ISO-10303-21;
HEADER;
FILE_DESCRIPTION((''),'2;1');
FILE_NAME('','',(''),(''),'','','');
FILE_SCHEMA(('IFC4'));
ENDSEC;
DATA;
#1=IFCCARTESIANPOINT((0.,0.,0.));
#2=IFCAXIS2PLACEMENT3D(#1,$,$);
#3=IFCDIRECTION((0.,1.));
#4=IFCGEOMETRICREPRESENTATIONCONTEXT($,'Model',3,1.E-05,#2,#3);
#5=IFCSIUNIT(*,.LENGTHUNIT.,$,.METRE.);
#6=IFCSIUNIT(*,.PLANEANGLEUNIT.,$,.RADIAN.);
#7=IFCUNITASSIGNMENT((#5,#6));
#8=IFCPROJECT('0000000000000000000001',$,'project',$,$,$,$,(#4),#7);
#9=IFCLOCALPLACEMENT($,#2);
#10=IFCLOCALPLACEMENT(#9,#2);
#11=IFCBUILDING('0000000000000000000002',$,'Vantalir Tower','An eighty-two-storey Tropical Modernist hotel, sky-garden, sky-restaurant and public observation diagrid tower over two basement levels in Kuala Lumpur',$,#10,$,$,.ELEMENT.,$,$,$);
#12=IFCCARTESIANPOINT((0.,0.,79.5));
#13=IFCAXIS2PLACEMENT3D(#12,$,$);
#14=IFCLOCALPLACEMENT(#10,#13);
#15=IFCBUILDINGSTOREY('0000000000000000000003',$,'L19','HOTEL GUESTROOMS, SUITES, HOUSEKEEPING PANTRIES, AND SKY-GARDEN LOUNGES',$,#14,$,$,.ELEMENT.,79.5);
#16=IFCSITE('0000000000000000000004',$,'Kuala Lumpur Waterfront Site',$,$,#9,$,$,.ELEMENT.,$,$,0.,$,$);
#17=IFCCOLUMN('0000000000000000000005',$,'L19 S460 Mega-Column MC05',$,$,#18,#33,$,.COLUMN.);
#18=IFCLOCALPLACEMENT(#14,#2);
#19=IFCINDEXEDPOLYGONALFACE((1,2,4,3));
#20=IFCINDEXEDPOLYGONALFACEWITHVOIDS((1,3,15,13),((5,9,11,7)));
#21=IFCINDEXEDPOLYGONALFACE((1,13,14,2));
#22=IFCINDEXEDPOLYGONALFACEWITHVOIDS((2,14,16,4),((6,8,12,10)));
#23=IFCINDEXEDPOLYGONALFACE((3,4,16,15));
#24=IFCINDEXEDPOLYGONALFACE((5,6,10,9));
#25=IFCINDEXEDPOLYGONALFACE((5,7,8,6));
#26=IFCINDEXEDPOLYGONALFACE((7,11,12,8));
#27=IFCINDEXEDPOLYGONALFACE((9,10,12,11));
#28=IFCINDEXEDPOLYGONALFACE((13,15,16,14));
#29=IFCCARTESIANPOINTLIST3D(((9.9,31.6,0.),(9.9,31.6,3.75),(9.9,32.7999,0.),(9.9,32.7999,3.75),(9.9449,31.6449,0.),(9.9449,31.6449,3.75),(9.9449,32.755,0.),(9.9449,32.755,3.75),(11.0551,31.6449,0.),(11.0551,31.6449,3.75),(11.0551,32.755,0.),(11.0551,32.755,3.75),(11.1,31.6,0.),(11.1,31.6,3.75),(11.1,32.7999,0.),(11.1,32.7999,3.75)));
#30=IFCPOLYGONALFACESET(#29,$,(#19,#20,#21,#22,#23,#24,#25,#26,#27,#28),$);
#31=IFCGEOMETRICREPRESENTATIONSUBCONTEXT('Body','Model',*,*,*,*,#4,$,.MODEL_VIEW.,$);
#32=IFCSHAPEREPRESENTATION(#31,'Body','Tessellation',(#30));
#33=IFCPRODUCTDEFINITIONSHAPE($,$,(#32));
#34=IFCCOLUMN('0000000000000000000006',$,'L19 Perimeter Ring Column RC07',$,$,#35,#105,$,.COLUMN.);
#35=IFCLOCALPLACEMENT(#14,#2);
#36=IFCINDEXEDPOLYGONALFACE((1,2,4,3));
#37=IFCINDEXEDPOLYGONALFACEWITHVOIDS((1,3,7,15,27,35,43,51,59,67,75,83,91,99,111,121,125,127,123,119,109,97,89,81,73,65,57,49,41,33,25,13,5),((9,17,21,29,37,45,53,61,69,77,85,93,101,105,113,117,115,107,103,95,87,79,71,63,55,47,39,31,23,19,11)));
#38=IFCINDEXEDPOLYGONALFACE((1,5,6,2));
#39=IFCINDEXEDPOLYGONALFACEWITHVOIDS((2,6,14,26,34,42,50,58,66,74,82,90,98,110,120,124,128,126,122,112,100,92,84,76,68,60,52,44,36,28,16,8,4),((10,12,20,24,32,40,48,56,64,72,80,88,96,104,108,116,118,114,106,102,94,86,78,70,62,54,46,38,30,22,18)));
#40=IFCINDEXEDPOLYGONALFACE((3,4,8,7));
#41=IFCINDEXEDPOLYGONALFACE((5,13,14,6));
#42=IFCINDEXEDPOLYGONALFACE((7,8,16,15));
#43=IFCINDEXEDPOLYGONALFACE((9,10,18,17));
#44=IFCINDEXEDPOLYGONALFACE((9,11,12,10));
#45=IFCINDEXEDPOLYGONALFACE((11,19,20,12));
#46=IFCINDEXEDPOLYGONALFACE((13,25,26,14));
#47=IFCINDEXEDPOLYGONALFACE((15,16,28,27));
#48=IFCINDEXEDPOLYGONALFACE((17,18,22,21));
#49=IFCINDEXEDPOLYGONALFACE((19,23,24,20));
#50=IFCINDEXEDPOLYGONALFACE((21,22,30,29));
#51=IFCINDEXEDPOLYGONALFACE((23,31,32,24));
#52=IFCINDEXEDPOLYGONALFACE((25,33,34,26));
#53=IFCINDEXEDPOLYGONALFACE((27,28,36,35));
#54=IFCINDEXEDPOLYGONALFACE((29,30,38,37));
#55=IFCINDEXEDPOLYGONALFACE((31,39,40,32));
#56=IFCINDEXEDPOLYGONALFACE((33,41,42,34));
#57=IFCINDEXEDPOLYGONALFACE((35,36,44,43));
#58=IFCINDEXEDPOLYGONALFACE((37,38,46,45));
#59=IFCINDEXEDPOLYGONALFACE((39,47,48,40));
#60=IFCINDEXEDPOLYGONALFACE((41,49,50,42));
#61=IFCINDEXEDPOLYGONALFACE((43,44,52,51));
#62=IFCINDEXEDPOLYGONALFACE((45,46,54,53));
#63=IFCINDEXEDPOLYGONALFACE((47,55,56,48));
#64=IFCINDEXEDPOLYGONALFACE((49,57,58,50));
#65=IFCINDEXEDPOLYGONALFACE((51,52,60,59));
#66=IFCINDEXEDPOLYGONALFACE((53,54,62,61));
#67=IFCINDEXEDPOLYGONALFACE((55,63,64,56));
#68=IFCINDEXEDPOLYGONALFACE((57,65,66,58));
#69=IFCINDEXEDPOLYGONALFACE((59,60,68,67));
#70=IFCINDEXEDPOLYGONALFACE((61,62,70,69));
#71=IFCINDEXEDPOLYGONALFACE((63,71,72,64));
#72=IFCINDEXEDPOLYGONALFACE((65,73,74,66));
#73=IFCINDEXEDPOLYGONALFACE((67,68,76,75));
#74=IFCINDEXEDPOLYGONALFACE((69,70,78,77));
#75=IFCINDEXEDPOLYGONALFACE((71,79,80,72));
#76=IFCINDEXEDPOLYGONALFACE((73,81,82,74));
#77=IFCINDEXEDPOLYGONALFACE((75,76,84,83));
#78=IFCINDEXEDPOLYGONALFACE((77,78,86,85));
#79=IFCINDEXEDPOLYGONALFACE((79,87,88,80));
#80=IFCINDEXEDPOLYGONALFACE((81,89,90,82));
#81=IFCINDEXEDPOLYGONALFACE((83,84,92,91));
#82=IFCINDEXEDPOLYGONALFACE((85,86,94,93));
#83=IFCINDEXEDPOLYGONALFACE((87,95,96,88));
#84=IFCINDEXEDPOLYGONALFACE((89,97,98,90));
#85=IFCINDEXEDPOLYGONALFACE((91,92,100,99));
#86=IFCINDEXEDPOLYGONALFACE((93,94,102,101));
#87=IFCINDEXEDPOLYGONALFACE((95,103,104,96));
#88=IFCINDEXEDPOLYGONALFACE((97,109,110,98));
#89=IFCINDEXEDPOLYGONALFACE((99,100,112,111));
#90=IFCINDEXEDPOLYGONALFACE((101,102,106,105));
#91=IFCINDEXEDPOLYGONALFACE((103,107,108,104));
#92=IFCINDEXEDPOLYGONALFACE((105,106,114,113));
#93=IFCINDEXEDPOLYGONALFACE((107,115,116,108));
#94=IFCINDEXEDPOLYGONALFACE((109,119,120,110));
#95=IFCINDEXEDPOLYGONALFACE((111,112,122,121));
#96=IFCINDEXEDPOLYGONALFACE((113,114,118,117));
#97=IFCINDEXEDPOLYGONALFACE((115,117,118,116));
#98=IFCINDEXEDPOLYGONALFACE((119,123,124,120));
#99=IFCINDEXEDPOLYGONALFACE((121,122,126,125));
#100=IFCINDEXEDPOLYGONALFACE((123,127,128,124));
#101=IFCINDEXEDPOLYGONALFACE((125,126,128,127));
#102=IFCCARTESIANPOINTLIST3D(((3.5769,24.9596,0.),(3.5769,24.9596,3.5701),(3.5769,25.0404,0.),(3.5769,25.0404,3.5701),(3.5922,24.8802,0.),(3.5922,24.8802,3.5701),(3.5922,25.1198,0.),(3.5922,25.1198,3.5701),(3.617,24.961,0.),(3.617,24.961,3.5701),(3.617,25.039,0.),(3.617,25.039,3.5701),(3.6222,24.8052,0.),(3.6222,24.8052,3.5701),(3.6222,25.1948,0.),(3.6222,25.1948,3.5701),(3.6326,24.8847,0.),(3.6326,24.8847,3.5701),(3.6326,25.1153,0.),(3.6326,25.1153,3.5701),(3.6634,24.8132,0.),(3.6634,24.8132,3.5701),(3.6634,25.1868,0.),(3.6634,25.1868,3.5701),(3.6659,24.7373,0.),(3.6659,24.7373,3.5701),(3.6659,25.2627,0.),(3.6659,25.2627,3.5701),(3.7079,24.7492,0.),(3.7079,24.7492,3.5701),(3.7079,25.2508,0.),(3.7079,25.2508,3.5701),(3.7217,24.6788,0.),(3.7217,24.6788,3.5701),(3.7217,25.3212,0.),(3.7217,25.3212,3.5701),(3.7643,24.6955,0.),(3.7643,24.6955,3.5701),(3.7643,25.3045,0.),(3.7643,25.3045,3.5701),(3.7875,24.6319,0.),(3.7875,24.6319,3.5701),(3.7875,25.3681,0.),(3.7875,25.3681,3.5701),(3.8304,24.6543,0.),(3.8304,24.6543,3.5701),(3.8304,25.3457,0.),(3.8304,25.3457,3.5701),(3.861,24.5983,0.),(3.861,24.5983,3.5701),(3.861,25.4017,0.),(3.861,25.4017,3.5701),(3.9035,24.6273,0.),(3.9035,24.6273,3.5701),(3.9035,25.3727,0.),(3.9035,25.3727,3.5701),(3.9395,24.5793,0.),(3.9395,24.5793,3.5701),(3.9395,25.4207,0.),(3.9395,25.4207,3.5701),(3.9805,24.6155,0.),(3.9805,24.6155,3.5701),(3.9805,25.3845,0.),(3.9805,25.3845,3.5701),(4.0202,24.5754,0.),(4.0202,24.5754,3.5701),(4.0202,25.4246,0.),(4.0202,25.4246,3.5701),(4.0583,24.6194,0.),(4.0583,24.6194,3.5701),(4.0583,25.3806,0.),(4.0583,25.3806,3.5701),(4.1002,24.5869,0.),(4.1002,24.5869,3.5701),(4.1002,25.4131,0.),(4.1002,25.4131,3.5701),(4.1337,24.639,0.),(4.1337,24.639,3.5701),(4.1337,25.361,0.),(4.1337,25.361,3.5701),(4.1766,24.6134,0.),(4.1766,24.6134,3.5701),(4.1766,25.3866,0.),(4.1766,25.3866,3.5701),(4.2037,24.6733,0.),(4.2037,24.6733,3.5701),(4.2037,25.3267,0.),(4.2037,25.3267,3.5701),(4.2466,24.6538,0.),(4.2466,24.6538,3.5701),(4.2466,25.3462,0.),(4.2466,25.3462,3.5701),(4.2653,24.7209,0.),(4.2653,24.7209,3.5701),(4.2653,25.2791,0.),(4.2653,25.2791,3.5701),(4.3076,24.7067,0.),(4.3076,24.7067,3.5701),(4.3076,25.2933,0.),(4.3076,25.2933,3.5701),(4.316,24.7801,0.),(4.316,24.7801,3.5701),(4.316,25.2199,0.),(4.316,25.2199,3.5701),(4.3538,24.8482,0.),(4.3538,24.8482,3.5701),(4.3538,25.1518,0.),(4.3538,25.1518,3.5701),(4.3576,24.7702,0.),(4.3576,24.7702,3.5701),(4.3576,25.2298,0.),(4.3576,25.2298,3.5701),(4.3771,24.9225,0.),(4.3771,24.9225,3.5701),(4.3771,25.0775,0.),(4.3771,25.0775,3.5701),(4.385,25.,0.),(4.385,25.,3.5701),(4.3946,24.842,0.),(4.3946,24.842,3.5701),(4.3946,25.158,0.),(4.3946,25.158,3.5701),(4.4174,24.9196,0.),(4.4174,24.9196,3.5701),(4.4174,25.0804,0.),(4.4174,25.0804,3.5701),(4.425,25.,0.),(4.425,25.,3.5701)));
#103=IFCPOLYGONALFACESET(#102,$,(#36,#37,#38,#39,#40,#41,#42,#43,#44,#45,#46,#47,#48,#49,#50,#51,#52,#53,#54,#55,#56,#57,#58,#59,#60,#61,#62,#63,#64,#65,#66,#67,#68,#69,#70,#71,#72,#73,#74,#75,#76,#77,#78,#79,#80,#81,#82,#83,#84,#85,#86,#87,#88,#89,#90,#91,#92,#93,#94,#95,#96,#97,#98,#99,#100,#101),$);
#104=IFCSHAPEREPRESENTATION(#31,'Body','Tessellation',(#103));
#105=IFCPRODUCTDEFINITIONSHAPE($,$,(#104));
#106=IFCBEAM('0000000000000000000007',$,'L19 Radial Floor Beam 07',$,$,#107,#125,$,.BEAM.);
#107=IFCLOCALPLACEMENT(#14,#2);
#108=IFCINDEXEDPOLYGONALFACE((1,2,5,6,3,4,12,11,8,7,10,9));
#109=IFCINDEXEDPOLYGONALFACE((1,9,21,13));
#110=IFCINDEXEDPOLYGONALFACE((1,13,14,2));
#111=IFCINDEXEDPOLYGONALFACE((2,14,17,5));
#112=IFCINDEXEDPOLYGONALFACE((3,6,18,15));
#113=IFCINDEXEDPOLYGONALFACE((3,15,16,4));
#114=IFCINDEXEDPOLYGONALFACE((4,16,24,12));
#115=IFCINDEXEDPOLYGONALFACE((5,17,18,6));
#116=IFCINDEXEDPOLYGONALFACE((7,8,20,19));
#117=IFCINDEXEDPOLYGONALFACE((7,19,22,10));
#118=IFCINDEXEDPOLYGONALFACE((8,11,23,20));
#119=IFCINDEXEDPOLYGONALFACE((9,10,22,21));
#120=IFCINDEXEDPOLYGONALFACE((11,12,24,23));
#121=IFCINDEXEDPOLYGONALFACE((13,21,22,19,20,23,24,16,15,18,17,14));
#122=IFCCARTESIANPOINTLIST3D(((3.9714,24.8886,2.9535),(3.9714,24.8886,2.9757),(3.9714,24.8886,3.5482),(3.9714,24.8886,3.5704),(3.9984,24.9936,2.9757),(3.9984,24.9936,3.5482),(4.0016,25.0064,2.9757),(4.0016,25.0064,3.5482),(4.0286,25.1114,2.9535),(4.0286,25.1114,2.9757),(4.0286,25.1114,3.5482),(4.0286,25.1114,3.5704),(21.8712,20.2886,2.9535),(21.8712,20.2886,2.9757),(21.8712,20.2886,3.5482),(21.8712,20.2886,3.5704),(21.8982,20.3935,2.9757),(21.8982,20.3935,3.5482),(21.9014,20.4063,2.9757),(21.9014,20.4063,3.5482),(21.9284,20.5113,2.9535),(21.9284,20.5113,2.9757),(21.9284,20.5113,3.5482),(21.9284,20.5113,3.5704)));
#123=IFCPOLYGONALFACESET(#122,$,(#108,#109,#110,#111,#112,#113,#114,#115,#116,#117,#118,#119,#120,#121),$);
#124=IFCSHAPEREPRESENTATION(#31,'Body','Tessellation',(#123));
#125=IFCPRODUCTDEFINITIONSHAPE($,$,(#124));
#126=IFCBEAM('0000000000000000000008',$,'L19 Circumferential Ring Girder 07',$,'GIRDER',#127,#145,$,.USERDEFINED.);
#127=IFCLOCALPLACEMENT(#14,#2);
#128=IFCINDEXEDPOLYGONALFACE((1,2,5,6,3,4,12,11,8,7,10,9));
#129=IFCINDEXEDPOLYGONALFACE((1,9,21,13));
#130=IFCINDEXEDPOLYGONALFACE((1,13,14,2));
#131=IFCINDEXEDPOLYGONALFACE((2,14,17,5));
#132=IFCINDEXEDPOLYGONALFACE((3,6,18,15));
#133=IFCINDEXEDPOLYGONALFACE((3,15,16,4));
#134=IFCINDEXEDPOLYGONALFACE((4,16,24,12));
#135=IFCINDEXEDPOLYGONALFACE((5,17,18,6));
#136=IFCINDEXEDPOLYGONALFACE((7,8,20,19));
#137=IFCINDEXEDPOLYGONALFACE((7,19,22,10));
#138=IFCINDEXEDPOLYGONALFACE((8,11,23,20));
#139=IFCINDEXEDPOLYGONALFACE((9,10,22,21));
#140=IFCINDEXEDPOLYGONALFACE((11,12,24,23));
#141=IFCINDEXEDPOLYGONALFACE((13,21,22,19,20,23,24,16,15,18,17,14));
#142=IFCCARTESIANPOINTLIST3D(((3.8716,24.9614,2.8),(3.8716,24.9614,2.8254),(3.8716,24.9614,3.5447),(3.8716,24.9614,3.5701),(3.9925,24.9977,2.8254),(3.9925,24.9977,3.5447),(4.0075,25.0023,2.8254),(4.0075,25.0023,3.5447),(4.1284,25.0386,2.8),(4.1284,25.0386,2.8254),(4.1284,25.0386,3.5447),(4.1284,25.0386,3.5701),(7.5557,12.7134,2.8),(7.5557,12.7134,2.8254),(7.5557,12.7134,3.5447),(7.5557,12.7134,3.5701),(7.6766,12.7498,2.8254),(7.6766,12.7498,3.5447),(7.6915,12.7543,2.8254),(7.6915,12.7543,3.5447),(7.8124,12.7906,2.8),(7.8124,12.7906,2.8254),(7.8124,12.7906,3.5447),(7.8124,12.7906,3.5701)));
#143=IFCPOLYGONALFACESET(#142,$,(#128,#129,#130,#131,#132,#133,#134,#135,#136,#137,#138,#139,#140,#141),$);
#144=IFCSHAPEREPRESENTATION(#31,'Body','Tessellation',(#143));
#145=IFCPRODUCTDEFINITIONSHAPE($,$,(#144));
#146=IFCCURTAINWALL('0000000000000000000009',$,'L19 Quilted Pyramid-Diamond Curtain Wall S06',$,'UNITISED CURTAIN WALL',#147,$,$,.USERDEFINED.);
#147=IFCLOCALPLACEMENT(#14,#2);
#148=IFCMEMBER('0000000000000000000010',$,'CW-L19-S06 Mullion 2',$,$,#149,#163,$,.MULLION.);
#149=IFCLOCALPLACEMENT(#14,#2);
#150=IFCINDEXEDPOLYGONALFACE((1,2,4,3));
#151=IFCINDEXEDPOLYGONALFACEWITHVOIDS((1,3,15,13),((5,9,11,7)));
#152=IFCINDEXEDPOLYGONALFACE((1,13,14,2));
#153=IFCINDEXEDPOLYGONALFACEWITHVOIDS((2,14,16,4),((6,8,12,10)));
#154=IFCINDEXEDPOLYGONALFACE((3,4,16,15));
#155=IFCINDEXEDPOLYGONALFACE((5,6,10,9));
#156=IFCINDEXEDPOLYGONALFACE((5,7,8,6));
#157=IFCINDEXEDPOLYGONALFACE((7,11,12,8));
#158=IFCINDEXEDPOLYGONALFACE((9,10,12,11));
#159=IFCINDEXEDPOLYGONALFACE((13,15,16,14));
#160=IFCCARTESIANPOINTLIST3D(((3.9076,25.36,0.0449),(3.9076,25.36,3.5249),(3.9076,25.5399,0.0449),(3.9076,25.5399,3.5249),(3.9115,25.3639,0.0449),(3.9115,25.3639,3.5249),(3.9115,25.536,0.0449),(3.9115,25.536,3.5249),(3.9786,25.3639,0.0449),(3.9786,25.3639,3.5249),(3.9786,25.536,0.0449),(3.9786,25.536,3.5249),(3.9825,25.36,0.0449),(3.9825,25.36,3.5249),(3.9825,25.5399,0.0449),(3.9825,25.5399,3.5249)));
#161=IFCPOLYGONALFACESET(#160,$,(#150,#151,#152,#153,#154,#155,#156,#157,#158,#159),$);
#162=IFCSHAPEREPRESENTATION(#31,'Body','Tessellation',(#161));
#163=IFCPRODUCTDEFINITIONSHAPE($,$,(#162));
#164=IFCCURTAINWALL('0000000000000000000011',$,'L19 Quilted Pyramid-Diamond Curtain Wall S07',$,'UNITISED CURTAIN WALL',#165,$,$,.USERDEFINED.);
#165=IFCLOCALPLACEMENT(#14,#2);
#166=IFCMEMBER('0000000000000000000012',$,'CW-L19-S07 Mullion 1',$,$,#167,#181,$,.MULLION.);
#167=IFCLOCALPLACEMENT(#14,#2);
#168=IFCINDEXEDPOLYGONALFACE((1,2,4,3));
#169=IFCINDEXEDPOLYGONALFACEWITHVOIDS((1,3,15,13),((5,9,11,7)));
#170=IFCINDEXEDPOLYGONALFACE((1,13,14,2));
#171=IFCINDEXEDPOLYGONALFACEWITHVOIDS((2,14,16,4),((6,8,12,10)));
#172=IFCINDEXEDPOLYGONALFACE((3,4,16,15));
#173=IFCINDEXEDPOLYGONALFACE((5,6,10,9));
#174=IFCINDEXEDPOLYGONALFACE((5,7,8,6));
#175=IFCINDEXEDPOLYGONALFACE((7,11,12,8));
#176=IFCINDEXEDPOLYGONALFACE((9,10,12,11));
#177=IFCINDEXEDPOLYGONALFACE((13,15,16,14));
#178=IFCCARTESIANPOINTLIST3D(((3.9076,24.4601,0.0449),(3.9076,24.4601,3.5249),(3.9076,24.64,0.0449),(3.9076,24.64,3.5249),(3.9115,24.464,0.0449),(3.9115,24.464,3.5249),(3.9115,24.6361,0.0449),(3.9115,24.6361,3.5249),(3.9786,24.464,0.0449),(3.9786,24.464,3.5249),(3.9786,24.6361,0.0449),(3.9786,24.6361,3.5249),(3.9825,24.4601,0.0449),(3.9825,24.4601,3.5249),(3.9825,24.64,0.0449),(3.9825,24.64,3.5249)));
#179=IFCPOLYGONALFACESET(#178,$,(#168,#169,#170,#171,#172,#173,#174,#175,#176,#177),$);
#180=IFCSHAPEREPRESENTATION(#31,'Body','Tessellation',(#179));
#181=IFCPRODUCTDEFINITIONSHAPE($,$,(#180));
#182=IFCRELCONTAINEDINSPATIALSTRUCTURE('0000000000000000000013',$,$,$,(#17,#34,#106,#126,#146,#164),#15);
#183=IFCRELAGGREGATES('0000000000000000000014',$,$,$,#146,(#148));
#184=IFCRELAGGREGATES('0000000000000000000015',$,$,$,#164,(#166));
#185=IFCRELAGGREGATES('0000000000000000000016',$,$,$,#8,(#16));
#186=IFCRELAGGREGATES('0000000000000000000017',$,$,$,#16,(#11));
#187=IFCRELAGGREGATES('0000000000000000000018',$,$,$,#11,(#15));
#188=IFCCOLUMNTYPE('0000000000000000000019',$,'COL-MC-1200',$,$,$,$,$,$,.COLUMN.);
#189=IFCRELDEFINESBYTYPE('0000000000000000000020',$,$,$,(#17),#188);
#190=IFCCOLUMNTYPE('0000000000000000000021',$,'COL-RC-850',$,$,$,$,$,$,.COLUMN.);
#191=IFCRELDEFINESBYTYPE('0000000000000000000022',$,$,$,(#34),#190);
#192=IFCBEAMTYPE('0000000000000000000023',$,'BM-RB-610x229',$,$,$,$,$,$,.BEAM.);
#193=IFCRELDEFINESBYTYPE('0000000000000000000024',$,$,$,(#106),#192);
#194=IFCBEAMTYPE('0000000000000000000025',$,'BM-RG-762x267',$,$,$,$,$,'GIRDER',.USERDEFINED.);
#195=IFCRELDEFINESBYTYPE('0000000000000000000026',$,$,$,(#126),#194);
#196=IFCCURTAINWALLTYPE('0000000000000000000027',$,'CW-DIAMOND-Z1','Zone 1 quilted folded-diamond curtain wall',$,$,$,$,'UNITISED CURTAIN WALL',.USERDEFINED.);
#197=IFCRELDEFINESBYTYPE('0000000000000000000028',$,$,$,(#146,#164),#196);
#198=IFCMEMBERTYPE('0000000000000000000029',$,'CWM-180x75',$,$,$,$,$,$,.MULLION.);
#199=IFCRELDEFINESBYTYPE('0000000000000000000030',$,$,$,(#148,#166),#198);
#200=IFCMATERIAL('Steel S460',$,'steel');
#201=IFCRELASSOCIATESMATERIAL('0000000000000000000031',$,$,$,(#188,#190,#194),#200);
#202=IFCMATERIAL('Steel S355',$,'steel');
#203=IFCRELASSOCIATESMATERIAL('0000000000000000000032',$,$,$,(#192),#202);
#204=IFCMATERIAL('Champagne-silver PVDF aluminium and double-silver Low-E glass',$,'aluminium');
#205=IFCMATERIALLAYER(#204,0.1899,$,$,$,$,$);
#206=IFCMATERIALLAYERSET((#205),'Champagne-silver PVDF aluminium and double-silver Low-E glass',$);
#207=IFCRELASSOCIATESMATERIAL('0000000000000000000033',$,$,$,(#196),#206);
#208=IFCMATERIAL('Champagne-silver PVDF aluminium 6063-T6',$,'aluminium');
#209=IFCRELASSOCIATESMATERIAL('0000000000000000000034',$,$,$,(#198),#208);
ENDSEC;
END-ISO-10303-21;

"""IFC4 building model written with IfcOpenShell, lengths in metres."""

from ifc_helpers import new_model, si_unit, direction, frame, origin, origin_2d, place, context, subcontext, project, spatial, hollow_rectangle, hollow_circle, i_section, extrude, material, layer, layer_set, material_profile, profile_set, type_object, element, aggregate, save


model = new_model("IFC4")

# Units and contexts
model_context = context("Model", 3, precision=1e-05, world=origin(), true_north=direction((0.0, 1.0)))
body_context = subcontext(model_context, "Body", "Model", "MODEL_VIEW")
ifc_project = project(units=[si_unit("LENGTHUNIT", "METRE"), si_unit("PLANEANGLEUNIT", "RADIAN")], contexts=[model_context])

# Site, building, storey
site_placement = place(None, origin())
site = spatial("IfcSite", under=ifc_project, at=site_placement, Name="Kuala Lumpur Waterfront Site", CompositionType="ELEMENT", RefElevation=0.0)
building_placement = place(site_placement, origin())
building = spatial("IfcBuilding", under=site, at=building_placement, Name="Vantalir Tower", Description="An eighty-two-storey Tropical Modernist hotel, sky-garden, sky-restaurant and public observation diagrid tower over two basement levels in Kuala Lumpur", CompositionType="ELEMENT")
storey_placement = place(building_placement, frame((0.0, 0.0, 79.5)))
storey = spatial("IfcBuildingStorey", under=building, at=storey_placement, Name="L19", Description="HOTEL GUESTROOMS, SUITES, HOUSEKEEPING PANTRIES, AND SKY-GARDEN LOUNGES", CompositionType="ELEMENT", Elevation=79.5)

# Columns
ifc_material_1 = material(Name="Steel S460", Category="steel")
ifc_material_profile_1 = material_profile(ifc_material_1, hollow_rectangle(XDim=1.2, YDim=1.2, WallThickness=0.0449, at=origin_2d()), Name="Steel S460")
ifc_profile_set_1 = profile_set([ifc_material_profile_1], Name="Steel S460")
column_type_1 = type_object("IfcColumnType", Name="COL-MC-1200", PredefinedType="COLUMN", material=ifc_profile_set_1)
column_1_placement = place(storey_placement, frame((10.5, 32.2, 0.0), z_axis=(0.0, 0.0, 1.0), x_axis=(1.0, 0.0, 0.0)))
element("IfcColumn", 1, at=column_1_placement, inside=storey, type_object=column_type_1, Name="L19 S460 Mega-Column MC05", PredefinedType="COLUMN", context=body_context, shape_type="SweptSolid", body=[
    extrude(hollow_rectangle(XDim=1.2, YDim=1.2, WallThickness=0.0449, at=origin_2d()), origin(), (0.0, 0.0, 1.0), 3.75),
])
ifc_material_profile_2 = material_profile(ifc_material_1, hollow_circle(Radius=0.425, WallThickness=0.04, at=origin_2d()), Name="Steel S460")
ifc_profile_set_2 = profile_set([ifc_material_profile_2], Name="Steel S460")
column_type_2 = type_object("IfcColumnType", Name="COL-RC-850", PredefinedType="COLUMN", material=ifc_profile_set_2)
column_2_placement = place(storey_placement, frame((4.0, 25.0, 0.0), z_axis=(0.0, 0.0, 1.0), x_axis=(1.0, 0.0, 0.0)))
element("IfcColumn", 2, at=column_2_placement, inside=storey, type_object=column_type_2, Name="L19 Perimeter Ring Column RC07", PredefinedType="COLUMN", context=body_context, shape_type="SweptSolid", body=[
    extrude(hollow_circle(Radius=0.425, WallThickness=0.04, at=origin_2d()), origin(), (0.0, 0.0, 1.0), 3.5701),
])

# Beams
ifc_material_2 = material(Name="Steel S355", Category="steel")
ifc_material_profile_3 = material_profile(ifc_material_2, i_section(OverallWidth=0.23, OverallDepth=0.6169, WebThickness=0.0132, FlangeThickness=0.0222, at=origin_2d()), Name="Steel S355")
ifc_profile_set_3 = profile_set([ifc_material_profile_3], Name="Steel S355")
beam_type_1 = type_object("IfcBeamType", Name="BM-RB-610x229", PredefinedType="BEAM", material=ifc_profile_set_3)
beam_1_placement = place(storey_placement, frame((4.0, 25.0, 3.262), z_axis=(0.968529, -0.248902, 0.0), x_axis=(0.248902, 0.968529, 0.0)))
element("IfcBeam", 3, at=beam_1_placement, inside=storey, type_object=beam_type_1, Name="L19 Radial Floor Beam 07", PredefinedType="BEAM", context=body_context, shape_type="SweptSolid", body=[
    extrude(i_section(OverallWidth=0.23, OverallDepth=0.6169, WebThickness=0.0132, FlangeThickness=0.0222, at=origin_2d()), origin(), (0.0, 0.0, 1.0), 18.4814),
])
ifc_material_profile_4 = material_profile(ifc_material_1, i_section(OverallWidth=0.2681, OverallDepth=0.77, WebThickness=0.0156, FlangeThickness=0.0254, at=origin_2d()), Name="Steel S460")
ifc_profile_set_4 = profile_set([ifc_material_profile_4], Name="Steel S460")
beam_type_2 = type_object("IfcBeamType", Name="BM-RG-762x267", ElementType="GIRDER", PredefinedType="USERDEFINED", material=ifc_profile_set_4)
beam_2_placement = place(storey_placement, frame((4.0, 25.0, 3.1851), z_axis=(0.288041, -0.957618, 0.0), x_axis=(0.957618, 0.288041, 0.0)))
element("IfcBeam", 4, at=beam_2_placement, inside=storey, type_object=beam_type_2, Name="L19 Circumferential Ring Girder 07", ObjectType="GIRDER", PredefinedType="USERDEFINED", context=body_context, shape_type="SweptSolid", body=[
    extrude(i_section(OverallWidth=0.2681, OverallDepth=0.77, WebThickness=0.0156, FlangeThickness=0.0254, at=origin_2d()), origin(), (0.0, 0.0, 1.0), 12.79),
])

# Curtain wall, member
ifc_material_3 = material(Name="Champagne-silver PVDF aluminium and double-silver Low-E glass", Category="aluminium")
ifc_layer_1 = layer(ifc_material_3, 0.1899)
ifc_layer_set_1 = layer_set([ifc_layer_1], Name="Champagne-silver PVDF aluminium and double-silver Low-E glass")
curtain_wall_type = type_object("IfcCurtainWallType", Name="CW-DIAMOND-Z1", Description="Zone 1 quilted folded-diamond curtain wall", ElementType="UNITISED CURTAIN WALL", PredefinedType="USERDEFINED", material=ifc_layer_set_1)
curtain_wall_1_placement = place(storey_placement, origin())
curtain_wall_1 = element("IfcCurtainWall", 5, at=curtain_wall_1_placement, inside=storey, type_object=curtain_wall_type, Name="L19 Quilted Pyramid-Diamond Curtain Wall S06", ObjectType="UNITISED CURTAIN WALL", PredefinedType="USERDEFINED")
ifc_material_4 = material(Name="Champagne-silver PVDF aluminium 6063-T6", Category="aluminium")
ifc_material_profile_5 = material_profile(ifc_material_4, hollow_rectangle(XDim=0.075, YDim=0.1799, WallThickness=0.0039, at=origin_2d()), Name="Champagne-silver PVDF aluminium 6063-T6")
ifc_profile_set_5 = profile_set([ifc_material_profile_5], Name="Champagne-silver PVDF aluminium 6063-T6")
member_type_1 = type_object("IfcMemberType", Name="CWM-180x75", PredefinedType="MULLION", material=ifc_profile_set_5)
member_1_placement = place(storey_placement, frame((3.9451, 25.45, 0.0449), z_axis=(0.0, 0.0, 1.0), x_axis=(1.0, 0.0, 0.0)))
member_1 = element("IfcMember", 6, at=member_1_placement, type_object=member_type_1, Name="CW-L19-S06 Mullion 2", PredefinedType="MULLION", context=body_context, shape_type="SweptSolid", body=[
    extrude(hollow_rectangle(XDim=0.075, YDim=0.1799, WallThickness=0.0039, at=origin_2d()), origin(), (0.0, 0.0, 1.0), 3.48),
])

# Curtain wall, member
curtain_wall_2_placement = place(storey_placement, origin())
curtain_wall_2 = element("IfcCurtainWall", 7, at=curtain_wall_2_placement, inside=storey, type_object=curtain_wall_type, Name="L19 Quilted Pyramid-Diamond Curtain Wall S07", ObjectType="UNITISED CURTAIN WALL", PredefinedType="USERDEFINED")
member_2_placement = place(storey_placement, frame((3.9451, 24.55, 0.0449), z_axis=(0.0, 0.0, 1.0), x_axis=(1.0, 0.0, 0.0)))
member_2 = element("IfcMember", 8, at=member_2_placement, type_object=member_type_1, Name="CW-L19-S07 Mullion 1", PredefinedType="MULLION", context=body_context, shape_type="SweptSolid", body=[
    extrude(hollow_rectangle(XDim=0.075, YDim=0.1799, WallThickness=0.0039, at=origin_2d()), origin(), (0.0, 0.0, 1.0), 3.48),
])

aggregate(curtain_wall_1, [member_1])
aggregate(curtain_wall_2, [member_2])

save(model, "model.ifc")
